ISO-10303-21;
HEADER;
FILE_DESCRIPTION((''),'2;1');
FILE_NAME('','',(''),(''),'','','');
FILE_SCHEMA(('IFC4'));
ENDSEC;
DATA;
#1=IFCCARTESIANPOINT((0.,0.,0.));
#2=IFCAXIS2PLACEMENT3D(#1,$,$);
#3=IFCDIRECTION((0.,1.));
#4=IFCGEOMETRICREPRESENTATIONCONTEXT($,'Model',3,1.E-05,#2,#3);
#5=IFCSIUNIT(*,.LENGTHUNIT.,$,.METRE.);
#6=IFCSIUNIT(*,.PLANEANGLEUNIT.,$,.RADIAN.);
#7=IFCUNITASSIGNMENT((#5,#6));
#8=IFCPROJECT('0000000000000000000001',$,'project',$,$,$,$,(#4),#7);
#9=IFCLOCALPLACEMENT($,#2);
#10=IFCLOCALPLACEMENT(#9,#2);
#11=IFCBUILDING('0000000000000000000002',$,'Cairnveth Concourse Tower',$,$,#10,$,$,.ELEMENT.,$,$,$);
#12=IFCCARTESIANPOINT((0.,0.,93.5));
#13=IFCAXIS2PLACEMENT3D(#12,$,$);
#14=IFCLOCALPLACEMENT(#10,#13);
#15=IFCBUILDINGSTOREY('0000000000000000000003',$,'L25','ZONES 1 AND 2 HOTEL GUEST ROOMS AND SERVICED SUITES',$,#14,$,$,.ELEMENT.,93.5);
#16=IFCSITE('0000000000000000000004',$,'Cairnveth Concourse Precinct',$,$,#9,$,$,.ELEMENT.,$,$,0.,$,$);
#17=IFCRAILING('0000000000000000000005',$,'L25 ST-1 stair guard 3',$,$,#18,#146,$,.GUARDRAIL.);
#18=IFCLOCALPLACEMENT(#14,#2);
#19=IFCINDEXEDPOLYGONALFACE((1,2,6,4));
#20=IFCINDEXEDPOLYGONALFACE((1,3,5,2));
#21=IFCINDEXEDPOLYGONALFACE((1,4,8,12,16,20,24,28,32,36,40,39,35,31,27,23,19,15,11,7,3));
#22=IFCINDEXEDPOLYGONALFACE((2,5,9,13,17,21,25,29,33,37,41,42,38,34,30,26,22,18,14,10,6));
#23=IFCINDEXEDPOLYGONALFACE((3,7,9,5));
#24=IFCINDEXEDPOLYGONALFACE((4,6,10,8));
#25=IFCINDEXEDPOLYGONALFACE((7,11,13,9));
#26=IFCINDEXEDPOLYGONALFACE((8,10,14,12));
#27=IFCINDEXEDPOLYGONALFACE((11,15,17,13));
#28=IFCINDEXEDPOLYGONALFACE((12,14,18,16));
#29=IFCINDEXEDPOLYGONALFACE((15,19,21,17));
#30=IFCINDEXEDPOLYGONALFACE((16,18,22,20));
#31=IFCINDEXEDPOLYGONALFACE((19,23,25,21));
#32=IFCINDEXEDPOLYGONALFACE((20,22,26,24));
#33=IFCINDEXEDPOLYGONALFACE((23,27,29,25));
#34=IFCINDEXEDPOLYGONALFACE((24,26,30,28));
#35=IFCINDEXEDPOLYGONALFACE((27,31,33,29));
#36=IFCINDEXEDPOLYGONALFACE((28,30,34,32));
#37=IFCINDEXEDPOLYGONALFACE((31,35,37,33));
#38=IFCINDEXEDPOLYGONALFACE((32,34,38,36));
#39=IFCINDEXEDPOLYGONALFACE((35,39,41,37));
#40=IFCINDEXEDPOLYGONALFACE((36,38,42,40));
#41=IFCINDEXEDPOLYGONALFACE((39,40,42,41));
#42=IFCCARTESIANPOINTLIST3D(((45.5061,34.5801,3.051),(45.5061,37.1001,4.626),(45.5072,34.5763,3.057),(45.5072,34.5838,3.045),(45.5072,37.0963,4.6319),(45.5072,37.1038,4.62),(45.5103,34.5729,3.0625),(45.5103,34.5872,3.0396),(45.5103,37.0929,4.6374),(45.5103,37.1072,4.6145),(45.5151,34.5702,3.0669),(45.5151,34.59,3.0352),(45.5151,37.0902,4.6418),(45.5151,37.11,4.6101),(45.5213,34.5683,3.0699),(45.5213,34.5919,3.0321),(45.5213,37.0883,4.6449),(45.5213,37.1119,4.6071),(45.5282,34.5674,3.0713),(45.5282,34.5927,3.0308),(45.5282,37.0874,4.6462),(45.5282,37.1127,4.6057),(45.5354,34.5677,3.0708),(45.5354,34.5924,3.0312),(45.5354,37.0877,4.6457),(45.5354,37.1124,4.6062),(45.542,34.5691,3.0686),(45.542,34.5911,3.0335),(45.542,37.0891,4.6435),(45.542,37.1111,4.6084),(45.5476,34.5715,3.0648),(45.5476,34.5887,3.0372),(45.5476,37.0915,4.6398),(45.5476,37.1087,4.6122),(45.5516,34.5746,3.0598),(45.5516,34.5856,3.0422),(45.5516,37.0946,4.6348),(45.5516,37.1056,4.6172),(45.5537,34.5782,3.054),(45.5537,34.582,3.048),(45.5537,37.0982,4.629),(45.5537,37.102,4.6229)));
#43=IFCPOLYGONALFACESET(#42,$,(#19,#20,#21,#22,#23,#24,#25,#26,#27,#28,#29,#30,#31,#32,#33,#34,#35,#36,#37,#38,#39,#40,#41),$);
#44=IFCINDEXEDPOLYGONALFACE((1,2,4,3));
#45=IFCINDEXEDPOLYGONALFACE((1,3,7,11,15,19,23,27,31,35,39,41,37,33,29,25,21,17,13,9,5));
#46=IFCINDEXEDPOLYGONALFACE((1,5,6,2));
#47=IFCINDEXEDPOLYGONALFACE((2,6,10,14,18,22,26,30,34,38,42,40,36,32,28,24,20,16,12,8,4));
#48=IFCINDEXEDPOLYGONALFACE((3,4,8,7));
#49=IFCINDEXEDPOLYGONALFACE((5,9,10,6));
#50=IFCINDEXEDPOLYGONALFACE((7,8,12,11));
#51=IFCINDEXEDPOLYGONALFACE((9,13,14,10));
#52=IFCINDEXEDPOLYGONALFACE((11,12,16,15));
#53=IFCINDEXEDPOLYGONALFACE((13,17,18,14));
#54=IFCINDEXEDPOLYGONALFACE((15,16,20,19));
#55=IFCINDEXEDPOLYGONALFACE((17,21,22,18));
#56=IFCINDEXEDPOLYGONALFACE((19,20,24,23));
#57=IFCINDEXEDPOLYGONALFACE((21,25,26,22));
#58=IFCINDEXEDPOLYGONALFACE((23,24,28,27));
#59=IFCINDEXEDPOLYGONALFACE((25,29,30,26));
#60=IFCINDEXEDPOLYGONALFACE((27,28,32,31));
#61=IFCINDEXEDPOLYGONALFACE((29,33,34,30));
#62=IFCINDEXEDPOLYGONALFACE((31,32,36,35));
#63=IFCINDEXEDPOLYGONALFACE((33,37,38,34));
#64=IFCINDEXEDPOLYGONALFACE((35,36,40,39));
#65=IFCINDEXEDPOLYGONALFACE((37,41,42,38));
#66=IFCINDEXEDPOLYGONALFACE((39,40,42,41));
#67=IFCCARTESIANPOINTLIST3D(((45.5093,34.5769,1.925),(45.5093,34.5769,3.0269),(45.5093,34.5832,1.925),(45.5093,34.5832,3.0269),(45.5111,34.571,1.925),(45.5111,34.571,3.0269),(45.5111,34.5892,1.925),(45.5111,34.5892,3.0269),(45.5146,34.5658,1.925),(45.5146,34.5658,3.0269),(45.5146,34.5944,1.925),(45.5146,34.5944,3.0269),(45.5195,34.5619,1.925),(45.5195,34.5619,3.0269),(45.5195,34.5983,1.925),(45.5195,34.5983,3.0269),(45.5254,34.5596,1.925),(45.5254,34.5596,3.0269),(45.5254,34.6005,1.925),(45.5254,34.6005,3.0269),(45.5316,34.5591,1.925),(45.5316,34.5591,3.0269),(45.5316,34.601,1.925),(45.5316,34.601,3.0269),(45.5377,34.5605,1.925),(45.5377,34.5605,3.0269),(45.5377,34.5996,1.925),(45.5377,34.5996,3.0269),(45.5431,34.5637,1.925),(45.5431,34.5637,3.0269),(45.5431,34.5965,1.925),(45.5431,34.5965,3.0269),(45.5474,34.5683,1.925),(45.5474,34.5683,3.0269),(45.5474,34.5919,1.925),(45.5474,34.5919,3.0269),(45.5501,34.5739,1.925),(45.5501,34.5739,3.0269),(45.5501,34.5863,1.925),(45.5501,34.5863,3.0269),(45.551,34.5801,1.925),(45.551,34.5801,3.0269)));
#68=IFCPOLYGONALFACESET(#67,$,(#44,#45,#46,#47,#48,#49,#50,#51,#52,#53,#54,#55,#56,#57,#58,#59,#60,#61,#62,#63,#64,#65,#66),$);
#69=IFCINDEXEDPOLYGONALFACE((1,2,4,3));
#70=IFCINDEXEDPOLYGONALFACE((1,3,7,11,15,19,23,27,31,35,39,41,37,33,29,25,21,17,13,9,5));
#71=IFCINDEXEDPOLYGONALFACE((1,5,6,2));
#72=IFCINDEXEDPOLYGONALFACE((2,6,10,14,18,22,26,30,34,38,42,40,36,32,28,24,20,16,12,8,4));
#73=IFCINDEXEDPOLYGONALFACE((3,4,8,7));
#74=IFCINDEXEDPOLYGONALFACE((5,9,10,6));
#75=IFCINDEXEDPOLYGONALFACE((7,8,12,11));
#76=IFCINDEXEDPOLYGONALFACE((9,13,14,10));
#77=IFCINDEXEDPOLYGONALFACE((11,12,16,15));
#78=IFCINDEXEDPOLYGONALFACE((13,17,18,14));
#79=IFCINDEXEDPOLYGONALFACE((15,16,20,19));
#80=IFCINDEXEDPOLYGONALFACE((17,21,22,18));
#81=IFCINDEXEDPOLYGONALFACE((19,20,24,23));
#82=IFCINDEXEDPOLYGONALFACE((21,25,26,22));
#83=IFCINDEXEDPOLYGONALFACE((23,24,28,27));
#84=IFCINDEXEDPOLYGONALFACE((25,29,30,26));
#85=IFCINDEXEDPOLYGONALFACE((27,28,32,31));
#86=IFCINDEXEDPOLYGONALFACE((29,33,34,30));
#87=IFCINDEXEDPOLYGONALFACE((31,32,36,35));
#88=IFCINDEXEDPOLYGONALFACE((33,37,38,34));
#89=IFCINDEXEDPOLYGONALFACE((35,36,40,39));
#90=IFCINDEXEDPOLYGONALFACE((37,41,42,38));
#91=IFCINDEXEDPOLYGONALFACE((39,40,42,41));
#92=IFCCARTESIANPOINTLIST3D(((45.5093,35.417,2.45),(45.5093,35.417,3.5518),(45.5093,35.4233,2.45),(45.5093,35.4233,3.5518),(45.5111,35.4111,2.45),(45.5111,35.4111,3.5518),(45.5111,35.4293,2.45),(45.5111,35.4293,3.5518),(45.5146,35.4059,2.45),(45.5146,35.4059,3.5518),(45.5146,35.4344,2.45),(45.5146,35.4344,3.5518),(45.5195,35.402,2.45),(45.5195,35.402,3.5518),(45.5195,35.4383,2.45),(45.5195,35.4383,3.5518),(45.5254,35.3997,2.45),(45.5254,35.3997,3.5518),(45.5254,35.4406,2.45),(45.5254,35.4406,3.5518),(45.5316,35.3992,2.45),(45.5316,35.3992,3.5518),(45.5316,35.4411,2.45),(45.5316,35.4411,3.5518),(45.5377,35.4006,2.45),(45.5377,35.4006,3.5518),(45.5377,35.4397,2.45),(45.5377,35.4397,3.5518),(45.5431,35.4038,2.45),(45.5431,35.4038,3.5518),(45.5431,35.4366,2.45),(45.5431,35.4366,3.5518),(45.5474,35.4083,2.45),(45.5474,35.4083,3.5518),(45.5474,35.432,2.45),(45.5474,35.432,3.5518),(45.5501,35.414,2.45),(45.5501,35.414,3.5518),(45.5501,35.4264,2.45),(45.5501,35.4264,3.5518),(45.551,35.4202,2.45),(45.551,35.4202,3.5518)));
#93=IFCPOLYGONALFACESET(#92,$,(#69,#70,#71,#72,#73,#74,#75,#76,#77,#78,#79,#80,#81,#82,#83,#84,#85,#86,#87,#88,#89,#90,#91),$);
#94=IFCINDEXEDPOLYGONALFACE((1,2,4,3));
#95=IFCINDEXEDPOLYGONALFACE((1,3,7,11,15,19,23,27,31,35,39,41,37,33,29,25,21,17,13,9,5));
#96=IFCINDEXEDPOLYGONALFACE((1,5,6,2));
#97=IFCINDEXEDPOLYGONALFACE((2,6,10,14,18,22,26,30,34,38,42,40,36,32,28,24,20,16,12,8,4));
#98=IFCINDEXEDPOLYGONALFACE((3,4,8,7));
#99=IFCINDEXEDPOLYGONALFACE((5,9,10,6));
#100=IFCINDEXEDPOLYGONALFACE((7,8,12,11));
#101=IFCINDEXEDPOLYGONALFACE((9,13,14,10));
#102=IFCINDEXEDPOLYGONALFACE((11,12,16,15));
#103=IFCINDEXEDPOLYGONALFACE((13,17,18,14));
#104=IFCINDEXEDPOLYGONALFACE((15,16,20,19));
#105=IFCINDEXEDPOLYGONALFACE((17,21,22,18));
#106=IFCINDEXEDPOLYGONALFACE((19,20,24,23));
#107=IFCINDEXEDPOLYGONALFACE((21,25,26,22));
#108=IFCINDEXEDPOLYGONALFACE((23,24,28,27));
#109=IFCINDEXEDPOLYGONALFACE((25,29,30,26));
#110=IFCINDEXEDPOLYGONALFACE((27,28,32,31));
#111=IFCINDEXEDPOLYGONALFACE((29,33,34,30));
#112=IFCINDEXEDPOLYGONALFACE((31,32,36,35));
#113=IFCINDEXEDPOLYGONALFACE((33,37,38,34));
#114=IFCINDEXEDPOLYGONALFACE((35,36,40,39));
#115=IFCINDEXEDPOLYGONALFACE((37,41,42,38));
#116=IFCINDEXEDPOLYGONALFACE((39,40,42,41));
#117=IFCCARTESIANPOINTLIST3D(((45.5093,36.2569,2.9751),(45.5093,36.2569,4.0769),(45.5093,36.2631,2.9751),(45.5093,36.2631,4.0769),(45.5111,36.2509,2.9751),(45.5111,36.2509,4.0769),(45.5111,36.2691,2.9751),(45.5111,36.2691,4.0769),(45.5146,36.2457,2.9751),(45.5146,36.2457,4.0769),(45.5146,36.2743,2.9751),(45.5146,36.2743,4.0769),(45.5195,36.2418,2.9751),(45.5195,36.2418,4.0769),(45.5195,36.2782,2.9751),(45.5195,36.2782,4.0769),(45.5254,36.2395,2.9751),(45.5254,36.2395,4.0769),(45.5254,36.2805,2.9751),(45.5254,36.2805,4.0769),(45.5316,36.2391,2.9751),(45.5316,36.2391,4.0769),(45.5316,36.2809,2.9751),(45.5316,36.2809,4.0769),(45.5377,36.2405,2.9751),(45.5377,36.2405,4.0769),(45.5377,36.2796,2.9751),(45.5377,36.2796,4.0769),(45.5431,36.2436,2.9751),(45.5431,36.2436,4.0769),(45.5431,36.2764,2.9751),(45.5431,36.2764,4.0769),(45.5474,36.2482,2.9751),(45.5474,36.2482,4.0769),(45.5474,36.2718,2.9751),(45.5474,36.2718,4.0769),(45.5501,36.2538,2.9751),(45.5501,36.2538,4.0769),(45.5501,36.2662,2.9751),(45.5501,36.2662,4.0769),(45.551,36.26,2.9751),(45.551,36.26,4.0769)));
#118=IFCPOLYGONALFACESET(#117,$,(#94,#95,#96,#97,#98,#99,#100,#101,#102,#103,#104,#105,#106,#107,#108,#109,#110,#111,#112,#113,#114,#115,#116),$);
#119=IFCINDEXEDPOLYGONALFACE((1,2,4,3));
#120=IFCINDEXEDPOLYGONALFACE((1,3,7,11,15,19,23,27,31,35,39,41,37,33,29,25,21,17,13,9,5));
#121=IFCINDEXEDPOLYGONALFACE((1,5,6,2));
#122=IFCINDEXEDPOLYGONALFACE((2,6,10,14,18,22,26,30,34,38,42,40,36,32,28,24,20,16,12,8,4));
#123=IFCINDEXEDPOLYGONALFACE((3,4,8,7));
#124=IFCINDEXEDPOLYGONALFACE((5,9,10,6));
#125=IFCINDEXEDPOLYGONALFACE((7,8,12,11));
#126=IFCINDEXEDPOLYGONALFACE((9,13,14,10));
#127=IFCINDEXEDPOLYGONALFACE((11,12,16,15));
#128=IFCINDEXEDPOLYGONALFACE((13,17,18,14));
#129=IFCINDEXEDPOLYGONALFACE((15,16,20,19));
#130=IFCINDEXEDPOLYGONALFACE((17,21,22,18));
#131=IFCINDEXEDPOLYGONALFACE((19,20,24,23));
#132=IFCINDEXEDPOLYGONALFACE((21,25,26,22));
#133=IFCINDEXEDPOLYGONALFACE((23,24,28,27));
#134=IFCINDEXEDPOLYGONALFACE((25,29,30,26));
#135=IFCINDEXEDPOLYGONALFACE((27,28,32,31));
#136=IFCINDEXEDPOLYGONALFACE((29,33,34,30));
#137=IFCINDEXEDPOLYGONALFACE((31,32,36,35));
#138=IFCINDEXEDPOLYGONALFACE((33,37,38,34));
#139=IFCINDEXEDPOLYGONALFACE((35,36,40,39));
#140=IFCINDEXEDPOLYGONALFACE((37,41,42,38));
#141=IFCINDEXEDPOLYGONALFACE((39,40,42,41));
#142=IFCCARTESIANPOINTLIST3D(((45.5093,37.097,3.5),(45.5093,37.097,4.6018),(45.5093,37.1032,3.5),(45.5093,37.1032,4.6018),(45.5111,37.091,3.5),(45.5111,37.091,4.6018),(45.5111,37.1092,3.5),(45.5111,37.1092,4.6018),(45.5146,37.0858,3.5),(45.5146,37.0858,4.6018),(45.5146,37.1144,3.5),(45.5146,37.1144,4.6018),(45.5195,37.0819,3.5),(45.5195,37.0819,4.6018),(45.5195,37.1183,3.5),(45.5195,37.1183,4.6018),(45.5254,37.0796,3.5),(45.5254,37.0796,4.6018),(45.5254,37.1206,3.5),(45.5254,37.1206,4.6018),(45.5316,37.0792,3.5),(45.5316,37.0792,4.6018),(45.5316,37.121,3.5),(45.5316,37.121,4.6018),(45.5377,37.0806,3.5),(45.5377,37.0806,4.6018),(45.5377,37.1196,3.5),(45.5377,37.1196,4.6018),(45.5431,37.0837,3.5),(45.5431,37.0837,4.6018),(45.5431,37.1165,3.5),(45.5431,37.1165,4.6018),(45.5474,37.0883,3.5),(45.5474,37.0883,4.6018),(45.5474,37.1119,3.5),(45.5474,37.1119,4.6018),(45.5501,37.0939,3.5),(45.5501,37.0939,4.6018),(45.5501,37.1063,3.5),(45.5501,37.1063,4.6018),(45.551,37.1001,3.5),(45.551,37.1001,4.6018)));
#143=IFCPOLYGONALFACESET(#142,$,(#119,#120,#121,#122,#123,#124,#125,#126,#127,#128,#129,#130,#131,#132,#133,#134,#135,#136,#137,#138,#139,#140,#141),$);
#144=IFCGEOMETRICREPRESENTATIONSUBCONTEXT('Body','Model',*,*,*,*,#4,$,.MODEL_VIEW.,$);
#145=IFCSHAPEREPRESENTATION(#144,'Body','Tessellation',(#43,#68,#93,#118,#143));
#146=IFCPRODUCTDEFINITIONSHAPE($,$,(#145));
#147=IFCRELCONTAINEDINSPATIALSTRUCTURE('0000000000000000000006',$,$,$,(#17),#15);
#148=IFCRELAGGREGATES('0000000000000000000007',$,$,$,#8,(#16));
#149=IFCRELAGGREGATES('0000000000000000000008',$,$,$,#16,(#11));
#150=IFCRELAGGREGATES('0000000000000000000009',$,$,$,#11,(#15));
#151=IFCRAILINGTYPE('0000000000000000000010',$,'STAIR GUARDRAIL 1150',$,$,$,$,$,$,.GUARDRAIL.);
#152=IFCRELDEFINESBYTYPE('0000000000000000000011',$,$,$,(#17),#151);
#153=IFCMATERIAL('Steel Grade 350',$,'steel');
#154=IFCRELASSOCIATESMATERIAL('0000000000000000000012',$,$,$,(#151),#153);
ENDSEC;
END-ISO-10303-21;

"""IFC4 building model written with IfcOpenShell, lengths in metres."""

from ifc_helpers import new_model, si_unit, direction, frame, origin, origin_2d, place, context, subcontext, project, spatial, circle, extrude, material, type_object, element, save


model = new_model("IFC4")

# Units and contexts
model_context = context("Model", 3, precision=1e-05, world=origin(), true_north=direction((0.0, 1.0)))
body_context = subcontext(model_context, "Body", "Model", "MODEL_VIEW")
ifc_project = project(units=[si_unit("LENGTHUNIT", "METRE"), si_unit("PLANEANGLEUNIT", "RADIAN")], contexts=[model_context])

# Site, building, storey
site_placement = place(None, origin())
site = spatial("IfcSite", under=ifc_project, at=site_placement, Name="Cairnveth Concourse Precinct", CompositionType="ELEMENT", RefElevation=0.0)
building_placement = place(site_placement, origin())
building = spatial("IfcBuilding", under=site, at=building_placement, Name="Cairnveth Concourse Tower", CompositionType="ELEMENT")
storey_placement = place(building_placement, frame((0.0, 0.0, 93.5)))
storey = spatial("IfcBuildingStorey", under=building, at=storey_placement, Name="L25", Description="ZONES 1 AND 2 HOTEL GUEST ROOMS AND SERVICED SUITES", CompositionType="ELEMENT", Elevation=93.5)

# Railing
ifc_material_1 = material(Name="Steel Grade 350", Category="steel")
railing_type_1 = type_object("IfcRailingType", Name="STAIR GUARDRAIL 1150", PredefinedType="GUARDRAIL", material=ifc_material_1)
railing_1_placement = place(storey_placement, frame((45.53, 34.5801, 1.925)))
element("IfcRailing", 1, at=railing_1_placement, inside=storey, type_object=railing_type_1, Name="L25 ST-1 stair guard 3", PredefinedType="GUARDRAIL", context=body_context, shape_type="SweptSolid", body=[
    extrude(circle(Radius=0.0239, at=origin_2d()), frame((0.0, 0.0, 1.126), z_axis=(0.0, 0.848008, 0.529984), x_axis=(-1.0, 0.0, 0.0)), (0.0, 0.0, 1.0), 2.9717),
    extrude(circle(Radius=0.021, at=origin_2d()), origin(), (0.0, 0.0, 1.0), 1.1018),
    extrude(circle(Radius=0.021, at=origin_2d()), frame((0.0, 0.8401, 0.5249)), (0.0, 0.0, 1.0), 1.1018),
    extrude(circle(Radius=0.021, at=origin_2d()), frame((0.0, 1.6799, 1.05)), (0.0, 0.0, 1.0), 1.1018),
    extrude(circle(Radius=0.021, at=origin_2d()), frame((0.0, 2.52, 1.575)), (0.0, 0.0, 1.0), 1.1018),
])

save(model, "model.ifc")
